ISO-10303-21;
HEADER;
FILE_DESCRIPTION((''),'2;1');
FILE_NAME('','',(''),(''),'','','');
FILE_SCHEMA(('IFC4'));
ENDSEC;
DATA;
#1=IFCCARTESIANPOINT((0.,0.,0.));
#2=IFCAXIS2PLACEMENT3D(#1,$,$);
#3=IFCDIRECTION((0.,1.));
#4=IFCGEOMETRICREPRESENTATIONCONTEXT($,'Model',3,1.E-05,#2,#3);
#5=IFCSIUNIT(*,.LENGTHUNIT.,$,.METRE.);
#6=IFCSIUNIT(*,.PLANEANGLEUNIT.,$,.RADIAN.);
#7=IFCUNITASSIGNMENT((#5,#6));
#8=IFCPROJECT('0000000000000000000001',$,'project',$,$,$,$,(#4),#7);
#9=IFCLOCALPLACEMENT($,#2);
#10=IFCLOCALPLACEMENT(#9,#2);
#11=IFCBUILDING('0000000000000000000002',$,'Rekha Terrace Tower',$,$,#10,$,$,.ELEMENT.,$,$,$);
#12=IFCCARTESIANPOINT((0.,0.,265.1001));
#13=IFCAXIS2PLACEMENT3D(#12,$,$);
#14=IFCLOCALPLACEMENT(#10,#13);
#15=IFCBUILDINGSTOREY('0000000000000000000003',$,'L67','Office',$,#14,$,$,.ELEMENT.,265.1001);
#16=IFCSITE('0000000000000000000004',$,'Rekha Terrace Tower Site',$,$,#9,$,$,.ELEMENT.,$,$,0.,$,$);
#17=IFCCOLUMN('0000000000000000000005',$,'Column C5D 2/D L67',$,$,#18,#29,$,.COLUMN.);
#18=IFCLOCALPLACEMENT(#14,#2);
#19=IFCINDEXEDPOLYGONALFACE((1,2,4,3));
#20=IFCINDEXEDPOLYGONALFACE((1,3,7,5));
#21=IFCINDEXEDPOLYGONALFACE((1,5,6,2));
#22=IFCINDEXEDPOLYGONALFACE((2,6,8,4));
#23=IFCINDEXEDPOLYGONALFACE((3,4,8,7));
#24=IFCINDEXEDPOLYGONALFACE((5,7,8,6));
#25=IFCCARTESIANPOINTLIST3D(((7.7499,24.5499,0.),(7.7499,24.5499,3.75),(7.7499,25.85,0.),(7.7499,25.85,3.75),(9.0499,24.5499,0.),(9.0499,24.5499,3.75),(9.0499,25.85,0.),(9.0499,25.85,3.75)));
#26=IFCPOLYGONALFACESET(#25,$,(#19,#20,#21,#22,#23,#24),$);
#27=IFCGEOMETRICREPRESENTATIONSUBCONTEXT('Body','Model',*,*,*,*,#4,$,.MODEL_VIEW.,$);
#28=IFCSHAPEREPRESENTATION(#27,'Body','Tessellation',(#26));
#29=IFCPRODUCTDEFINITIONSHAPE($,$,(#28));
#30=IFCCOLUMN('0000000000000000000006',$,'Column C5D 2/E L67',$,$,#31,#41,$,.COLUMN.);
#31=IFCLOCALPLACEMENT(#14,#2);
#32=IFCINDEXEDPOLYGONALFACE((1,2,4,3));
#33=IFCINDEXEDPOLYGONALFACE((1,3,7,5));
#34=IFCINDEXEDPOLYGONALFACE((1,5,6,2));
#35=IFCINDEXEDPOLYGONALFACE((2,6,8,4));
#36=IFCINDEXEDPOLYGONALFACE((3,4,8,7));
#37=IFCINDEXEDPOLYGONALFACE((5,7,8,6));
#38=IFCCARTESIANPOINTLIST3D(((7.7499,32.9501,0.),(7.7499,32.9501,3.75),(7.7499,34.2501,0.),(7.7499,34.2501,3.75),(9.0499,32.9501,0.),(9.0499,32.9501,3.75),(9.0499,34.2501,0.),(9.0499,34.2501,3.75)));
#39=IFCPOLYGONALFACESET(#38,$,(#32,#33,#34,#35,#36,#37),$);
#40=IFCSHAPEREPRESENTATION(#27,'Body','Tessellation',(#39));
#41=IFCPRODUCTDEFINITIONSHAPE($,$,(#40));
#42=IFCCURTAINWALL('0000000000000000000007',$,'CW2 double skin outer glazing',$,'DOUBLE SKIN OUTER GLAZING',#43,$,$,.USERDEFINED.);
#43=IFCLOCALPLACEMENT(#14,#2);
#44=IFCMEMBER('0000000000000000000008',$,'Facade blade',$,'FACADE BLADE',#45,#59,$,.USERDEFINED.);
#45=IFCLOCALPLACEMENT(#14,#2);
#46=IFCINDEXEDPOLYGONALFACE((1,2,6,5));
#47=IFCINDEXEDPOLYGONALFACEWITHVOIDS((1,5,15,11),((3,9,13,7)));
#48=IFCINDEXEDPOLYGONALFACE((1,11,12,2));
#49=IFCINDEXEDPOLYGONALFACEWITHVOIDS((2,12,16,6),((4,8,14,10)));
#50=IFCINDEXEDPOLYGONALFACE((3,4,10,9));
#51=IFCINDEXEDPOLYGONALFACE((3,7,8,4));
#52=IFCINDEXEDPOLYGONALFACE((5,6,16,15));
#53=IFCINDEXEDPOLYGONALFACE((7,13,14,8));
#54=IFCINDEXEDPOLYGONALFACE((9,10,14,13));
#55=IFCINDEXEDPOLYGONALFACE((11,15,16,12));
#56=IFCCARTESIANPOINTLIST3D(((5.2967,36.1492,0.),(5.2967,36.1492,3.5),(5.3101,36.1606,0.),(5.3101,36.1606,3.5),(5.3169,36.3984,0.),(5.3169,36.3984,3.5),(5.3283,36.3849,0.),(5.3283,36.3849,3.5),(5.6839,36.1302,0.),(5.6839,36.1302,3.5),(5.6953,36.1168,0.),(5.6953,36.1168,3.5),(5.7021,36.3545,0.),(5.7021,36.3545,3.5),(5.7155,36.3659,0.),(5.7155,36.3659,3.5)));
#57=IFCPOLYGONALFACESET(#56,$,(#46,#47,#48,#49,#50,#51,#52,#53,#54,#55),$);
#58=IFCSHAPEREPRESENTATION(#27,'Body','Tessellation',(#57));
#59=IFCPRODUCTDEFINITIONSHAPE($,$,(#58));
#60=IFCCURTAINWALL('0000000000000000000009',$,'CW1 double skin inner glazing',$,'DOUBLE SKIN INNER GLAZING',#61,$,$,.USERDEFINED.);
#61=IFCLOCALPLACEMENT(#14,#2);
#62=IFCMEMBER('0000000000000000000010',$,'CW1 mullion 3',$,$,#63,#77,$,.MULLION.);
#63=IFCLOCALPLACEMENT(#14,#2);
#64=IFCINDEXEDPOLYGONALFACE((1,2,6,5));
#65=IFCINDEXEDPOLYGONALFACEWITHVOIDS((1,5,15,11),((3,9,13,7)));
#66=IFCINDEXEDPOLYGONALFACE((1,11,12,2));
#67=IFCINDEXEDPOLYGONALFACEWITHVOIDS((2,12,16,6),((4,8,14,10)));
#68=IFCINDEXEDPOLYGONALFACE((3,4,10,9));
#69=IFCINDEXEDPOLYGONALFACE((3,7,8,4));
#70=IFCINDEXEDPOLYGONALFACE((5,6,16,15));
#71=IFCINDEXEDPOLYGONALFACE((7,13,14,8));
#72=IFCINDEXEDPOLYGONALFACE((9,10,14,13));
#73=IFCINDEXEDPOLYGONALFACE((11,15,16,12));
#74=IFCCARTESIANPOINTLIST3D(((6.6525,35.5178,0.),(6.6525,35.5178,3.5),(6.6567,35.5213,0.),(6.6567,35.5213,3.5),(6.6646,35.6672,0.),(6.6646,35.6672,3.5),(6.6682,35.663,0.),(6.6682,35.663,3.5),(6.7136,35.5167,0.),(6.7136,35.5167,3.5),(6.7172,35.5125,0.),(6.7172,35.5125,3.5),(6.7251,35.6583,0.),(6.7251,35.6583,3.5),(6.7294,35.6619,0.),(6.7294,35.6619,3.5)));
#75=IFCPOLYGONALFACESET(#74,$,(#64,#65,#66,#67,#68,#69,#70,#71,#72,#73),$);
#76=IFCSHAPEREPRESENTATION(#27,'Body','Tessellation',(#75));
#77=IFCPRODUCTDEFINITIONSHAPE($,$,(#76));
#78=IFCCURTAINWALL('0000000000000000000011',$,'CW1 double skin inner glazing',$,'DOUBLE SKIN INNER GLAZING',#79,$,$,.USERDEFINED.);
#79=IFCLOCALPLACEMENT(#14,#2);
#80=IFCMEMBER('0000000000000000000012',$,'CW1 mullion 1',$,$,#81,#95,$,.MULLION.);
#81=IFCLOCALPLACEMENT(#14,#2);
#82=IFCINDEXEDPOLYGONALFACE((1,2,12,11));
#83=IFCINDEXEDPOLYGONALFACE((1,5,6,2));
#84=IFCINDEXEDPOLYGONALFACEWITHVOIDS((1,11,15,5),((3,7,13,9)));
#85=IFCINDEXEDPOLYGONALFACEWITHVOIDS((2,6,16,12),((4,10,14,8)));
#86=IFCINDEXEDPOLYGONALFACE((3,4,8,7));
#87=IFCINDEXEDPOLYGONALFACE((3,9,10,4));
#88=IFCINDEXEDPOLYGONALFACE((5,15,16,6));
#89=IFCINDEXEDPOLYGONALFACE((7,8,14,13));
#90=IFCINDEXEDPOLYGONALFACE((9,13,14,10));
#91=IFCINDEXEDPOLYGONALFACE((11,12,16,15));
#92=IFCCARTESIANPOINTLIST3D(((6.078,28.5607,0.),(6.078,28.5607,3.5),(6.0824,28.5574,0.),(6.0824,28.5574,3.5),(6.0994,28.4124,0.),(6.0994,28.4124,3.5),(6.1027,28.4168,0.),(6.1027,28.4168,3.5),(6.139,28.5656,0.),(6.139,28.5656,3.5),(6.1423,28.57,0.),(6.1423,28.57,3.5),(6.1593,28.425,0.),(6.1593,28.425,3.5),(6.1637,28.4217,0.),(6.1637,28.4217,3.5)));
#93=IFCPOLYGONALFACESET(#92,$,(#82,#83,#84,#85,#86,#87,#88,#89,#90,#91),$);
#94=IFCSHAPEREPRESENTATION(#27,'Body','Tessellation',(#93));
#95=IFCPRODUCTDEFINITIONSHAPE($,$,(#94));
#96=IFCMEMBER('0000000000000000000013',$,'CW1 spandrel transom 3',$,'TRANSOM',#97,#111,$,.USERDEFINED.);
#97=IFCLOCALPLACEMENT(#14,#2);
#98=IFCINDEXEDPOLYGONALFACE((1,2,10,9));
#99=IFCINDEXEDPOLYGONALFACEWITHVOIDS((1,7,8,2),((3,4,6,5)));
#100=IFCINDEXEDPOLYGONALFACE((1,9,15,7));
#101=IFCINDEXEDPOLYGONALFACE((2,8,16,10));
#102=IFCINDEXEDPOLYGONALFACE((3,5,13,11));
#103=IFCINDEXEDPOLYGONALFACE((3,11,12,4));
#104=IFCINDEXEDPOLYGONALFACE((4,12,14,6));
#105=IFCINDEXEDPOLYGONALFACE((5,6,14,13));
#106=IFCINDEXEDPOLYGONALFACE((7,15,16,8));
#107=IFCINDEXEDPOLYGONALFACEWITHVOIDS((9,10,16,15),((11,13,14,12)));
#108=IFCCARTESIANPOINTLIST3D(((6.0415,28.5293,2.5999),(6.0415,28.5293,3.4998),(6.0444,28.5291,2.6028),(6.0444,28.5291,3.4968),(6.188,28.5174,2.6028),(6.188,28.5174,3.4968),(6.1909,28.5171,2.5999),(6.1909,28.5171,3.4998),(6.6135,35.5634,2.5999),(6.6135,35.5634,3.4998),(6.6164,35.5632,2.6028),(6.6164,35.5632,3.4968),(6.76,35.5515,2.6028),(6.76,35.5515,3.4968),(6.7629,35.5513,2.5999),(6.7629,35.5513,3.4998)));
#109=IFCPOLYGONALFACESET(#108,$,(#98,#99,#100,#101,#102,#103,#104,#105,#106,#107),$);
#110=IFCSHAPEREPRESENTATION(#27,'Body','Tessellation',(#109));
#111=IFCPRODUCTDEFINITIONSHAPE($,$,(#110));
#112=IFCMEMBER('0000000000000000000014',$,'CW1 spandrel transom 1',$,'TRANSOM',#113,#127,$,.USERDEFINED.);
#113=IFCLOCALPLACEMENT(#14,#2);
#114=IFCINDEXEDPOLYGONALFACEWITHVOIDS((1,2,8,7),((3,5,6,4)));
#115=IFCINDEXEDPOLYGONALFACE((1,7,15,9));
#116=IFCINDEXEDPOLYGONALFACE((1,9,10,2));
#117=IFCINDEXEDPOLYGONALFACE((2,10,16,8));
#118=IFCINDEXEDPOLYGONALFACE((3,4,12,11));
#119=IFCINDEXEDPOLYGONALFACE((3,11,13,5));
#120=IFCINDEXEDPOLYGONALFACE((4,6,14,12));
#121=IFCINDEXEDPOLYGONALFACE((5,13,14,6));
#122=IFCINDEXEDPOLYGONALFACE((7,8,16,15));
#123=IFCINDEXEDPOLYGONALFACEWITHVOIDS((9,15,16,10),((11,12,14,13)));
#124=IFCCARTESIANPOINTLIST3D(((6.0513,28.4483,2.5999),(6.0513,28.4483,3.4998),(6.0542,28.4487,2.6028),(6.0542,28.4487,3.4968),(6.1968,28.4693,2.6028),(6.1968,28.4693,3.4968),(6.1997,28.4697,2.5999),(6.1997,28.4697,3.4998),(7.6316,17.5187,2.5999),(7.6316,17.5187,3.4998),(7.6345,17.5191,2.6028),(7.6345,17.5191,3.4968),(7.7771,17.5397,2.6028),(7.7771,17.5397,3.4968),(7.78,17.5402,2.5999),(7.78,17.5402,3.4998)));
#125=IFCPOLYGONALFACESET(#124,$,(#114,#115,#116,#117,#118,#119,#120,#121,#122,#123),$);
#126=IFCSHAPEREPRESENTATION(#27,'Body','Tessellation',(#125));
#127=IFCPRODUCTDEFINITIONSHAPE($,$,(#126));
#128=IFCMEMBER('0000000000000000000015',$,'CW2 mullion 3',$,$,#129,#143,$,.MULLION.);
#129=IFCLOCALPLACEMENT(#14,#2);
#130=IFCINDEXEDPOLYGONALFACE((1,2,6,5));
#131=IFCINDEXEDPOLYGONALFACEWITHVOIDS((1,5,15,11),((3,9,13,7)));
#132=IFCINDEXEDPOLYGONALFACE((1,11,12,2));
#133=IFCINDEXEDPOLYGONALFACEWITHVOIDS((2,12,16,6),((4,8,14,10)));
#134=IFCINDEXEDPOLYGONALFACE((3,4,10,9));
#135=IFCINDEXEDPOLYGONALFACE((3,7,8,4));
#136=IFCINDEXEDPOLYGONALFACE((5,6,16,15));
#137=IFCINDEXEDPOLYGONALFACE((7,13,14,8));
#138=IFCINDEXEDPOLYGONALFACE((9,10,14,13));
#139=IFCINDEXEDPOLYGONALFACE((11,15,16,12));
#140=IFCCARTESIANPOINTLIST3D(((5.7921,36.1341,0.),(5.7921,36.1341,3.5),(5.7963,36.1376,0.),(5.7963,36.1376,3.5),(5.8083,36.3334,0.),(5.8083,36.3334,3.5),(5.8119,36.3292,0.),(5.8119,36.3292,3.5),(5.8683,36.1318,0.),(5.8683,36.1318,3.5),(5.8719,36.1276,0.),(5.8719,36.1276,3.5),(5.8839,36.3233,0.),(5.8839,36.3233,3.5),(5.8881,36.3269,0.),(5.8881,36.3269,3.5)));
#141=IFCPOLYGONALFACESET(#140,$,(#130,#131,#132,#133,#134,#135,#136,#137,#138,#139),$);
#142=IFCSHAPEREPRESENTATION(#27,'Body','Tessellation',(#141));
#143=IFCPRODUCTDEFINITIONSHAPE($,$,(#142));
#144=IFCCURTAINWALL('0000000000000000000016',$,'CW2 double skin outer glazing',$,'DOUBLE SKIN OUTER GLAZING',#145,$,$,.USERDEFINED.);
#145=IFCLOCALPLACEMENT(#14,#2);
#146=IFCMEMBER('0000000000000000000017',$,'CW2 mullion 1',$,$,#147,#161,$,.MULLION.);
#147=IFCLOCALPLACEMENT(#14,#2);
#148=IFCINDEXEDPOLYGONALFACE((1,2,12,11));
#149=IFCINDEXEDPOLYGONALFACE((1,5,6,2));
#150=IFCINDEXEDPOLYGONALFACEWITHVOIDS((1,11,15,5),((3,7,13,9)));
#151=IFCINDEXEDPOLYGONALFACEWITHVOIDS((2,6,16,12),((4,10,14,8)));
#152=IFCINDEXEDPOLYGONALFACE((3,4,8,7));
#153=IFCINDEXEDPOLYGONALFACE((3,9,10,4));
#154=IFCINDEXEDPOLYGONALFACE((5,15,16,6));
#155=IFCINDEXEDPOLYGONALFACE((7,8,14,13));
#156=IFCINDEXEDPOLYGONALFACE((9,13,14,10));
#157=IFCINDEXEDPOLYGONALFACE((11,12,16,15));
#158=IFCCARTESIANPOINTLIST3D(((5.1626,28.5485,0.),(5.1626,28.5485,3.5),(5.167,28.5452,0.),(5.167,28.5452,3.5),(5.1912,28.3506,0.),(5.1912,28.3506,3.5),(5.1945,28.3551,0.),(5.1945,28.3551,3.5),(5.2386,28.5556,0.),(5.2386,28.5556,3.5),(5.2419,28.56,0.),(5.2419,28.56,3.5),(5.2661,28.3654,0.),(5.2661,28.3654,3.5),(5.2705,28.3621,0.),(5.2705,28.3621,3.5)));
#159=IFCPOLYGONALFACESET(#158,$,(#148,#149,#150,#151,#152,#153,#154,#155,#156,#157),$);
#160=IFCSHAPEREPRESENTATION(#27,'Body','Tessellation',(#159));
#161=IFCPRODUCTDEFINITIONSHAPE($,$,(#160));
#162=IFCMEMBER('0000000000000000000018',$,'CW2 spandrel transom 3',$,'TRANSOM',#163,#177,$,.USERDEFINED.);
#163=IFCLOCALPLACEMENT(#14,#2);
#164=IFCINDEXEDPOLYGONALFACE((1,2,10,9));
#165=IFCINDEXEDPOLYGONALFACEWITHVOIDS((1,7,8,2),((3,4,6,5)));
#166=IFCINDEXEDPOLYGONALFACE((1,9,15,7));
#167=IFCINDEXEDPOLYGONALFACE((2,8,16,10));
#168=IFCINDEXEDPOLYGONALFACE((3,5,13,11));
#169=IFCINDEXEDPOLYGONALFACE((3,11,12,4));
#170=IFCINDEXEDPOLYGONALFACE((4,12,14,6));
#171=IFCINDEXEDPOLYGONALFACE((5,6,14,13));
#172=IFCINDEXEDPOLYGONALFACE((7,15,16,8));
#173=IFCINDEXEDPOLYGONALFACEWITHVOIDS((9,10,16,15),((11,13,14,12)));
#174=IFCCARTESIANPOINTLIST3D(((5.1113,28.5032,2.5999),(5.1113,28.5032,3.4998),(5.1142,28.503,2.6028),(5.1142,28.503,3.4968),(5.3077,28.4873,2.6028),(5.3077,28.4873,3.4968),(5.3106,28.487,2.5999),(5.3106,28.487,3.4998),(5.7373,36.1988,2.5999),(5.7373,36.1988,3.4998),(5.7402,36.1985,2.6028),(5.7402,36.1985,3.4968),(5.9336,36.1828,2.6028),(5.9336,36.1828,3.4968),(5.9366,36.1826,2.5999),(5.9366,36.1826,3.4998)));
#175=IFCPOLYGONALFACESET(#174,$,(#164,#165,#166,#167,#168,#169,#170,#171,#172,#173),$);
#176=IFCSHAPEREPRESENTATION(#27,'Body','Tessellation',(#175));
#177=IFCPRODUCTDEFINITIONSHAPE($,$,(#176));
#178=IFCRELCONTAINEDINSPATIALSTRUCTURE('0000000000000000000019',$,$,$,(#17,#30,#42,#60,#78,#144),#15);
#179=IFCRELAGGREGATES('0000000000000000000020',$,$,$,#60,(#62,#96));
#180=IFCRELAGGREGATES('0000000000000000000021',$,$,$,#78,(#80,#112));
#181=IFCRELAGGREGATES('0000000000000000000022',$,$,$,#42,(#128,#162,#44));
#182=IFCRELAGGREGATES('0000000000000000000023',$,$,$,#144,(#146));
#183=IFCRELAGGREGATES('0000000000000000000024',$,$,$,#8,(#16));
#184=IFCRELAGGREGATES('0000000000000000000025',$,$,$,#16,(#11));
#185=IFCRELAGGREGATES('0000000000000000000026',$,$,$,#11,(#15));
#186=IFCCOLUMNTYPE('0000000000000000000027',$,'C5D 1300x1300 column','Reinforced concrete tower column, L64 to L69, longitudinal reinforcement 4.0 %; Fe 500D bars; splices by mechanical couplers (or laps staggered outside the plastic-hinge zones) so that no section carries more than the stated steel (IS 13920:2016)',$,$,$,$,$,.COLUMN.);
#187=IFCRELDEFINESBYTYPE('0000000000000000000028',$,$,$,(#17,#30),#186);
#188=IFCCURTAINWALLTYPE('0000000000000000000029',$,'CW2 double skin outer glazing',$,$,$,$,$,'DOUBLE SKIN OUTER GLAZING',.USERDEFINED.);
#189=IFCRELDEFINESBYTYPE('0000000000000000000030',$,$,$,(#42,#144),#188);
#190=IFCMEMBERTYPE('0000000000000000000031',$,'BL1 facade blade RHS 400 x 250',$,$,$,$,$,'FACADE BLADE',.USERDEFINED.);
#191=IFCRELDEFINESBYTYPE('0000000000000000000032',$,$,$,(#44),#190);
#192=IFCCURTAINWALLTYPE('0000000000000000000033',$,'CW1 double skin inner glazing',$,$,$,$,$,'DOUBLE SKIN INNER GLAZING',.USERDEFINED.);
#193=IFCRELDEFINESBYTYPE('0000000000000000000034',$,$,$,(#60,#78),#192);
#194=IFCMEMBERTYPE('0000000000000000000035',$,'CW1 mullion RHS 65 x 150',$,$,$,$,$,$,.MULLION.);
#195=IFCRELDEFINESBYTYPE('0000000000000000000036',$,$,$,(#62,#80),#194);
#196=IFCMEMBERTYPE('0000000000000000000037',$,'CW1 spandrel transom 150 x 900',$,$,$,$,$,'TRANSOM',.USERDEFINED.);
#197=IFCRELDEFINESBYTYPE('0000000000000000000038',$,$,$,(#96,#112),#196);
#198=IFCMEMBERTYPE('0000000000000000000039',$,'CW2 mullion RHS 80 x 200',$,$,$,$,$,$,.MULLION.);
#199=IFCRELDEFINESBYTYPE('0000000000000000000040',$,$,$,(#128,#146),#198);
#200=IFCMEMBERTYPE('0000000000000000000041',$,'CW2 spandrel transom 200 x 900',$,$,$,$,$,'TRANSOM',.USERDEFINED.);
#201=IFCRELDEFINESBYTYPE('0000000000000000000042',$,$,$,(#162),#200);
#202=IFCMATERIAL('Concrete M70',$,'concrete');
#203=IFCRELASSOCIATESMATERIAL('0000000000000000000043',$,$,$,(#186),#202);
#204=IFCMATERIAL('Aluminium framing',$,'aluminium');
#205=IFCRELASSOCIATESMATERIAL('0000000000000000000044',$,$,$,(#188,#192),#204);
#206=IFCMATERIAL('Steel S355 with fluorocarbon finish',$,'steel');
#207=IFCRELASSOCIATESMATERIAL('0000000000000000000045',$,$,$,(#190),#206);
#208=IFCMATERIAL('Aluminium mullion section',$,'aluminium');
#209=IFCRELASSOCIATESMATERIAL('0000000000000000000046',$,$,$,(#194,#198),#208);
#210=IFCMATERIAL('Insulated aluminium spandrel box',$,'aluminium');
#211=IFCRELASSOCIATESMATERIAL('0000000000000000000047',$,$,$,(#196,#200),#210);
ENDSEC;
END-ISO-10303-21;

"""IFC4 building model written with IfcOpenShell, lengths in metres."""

from ifc_helpers import new_model, si_unit, direction, frame, origin, origin_2d, place, context, subcontext, project, spatial, rectangle, hollow_rectangle, extrude, material, material_profile, profile_set, type_object, element, aggregate, save


model = new_model("IFC4")

# Units and contexts
model_context = context("Model", 3, precision=1e-05, world=origin(), true_north=direction((0.0, 1.0)))
body_context = subcontext(model_context, "Body", "Model", "MODEL_VIEW")
ifc_project = project(units=[si_unit("LENGTHUNIT", "METRE"), si_unit("PLANEANGLEUNIT", "RADIAN")], contexts=[model_context])

# Site, building, storey
site_placement = place(None, origin())
site = spatial("IfcSite", under=ifc_project, at=site_placement, Name="Rekha Terrace Tower Site", CompositionType="ELEMENT", RefElevation=0.0)
building_placement = place(site_placement, origin())
building = spatial("IfcBuilding", under=site, at=building_placement, Name="Rekha Terrace Tower", CompositionType="ELEMENT")
storey_placement = place(building_placement, frame((0.0, 0.0, 265.1001)))
storey = spatial("IfcBuildingStorey", under=building, at=storey_placement, Name="L67", Description="Office", CompositionType="ELEMENT", Elevation=265.1001)

# Columns
ifc_material_1 = material(Name="Concrete M70", Category="concrete")
ifc_material_profile_1 = material_profile(ifc_material_1, rectangle(XDim=1.3, YDim=1.3, at=origin_2d()), Name="RC 1300x1300")
ifc_profile_set_1 = profile_set([ifc_material_profile_1], Name="Concrete M70")
column_type = type_object("IfcColumnType", Name="C5D 1300x1300 column", Description="Reinforced concrete tower column, L64 to L69, longitudinal reinforcement 4.0 %; Fe 500D bars; splices by mechanical couplers (or laps staggered outside the plastic-hinge zones) so that no section carries more than the stated steel (IS 13920:2016)", PredefinedType="COLUMN", material=ifc_profile_set_1)
for number, where, z_axis, x_axis, name in (
    (1, (8.3999, 25.2, 0.0), (0.0, 0.0, 1.0), (1.0, 0.0, 0.0), "Column C5D 2/D L67"),
    (2, (8.3999, 33.6001, 0.0), (0.0, 0.0, 1.0), (1.0, 0.0, 0.0), "Column C5D 2/E L67"),
):
    element("IfcColumn", number, at=place(storey_placement, frame(where, z_axis=z_axis, x_axis=x_axis)), inside=storey, type_object=column_type, Name=name, PredefinedType="COLUMN", context=body_context, shape_type="SweptSolid", body=[
        extrude(rectangle(XDim=1.3, YDim=1.3, at=origin_2d()), origin(), (0.0, 0.0, 1.0), 3.75),
    ])

# Curtain walls, members
ifc_material_2 = material(Name="Aluminium framing", Category="aluminium")
curtain_wall_type_1 = type_object("IfcCurtainWallType", Name="CW2 double skin outer glazing", ElementType="DOUBLE SKIN OUTER GLAZING", PredefinedType="USERDEFINED", material=ifc_material_2)
curtain_wall_1_placement = place(storey_placement, origin())
curtain_wall_1 = element("IfcCurtainWall", 3, at=curtain_wall_1_placement, inside=storey, type_object=curtain_wall_type_1, Name="CW2 double skin outer glazing", ObjectType="DOUBLE SKIN OUTER GLAZING", PredefinedType="USERDEFINED")
ifc_material_3 = material(Name="Steel S355 with fluorocarbon finish", Category="steel")
ifc_material_profile_2 = material_profile(ifc_material_3, hollow_rectangle(XDim=0.25, YDim=0.3999, WallThickness=0.0125, at=origin_2d()), Name="RHS400x250x12.5")
ifc_profile_set_2 = profile_set([ifc_material_profile_2], Name="Steel S355 with fluorocarbon finish")
member_type_1 = type_object("IfcMemberType", Name="BL1 facade blade RHS 400 x 250", ElementType="FACADE BLADE", PredefinedType="USERDEFINED", material=ifc_profile_set_2)
member_1_placement = place(storey_placement, frame((5.5061, 36.2576, 0.0), z_axis=(0.0, 0.0, 1.0), x_axis=(-0.081069, -0.996709, 0.0)))
member_1 = element("IfcMember", 4, at=member_1_placement, type_object=member_type_1, Name="Facade blade", ObjectType="FACADE BLADE", PredefinedType="USERDEFINED", context=body_context, shape_type="SweptSolid", body=[
    extrude(hollow_rectangle(XDim=0.25, YDim=0.3999, WallThickness=0.0125, at=origin_2d()), origin(), (0.0, 0.0, 1.0), 3.5),
])
curtain_wall_type_2 = type_object("IfcCurtainWallType", Name="CW1 double skin inner glazing", ElementType="DOUBLE SKIN INNER GLAZING", PredefinedType="USERDEFINED", material=ifc_material_2)
curtain_wall_2_placement = place(storey_placement, origin())
curtain_wall_2 = element("IfcCurtainWall", 5, at=curtain_wall_2_placement, inside=storey, type_object=curtain_wall_type_2, Name="CW1 double skin inner glazing", ObjectType="DOUBLE SKIN INNER GLAZING", PredefinedType="USERDEFINED")
ifc_material_4 = material(Name="Aluminium mullion section", Category="aluminium")
ifc_material_profile_3 = material_profile(ifc_material_4, hollow_rectangle(XDim=0.0649, YDim=0.1499, WallThickness=0.0039, at=origin_2d()), Name="AL RHS 65x150")
ifc_profile_set_3 = profile_set([ifc_material_profile_3], Name="Aluminium mullion section")
member_type_2 = type_object("IfcMemberType", Name="CW1 mullion RHS 65 x 150", PredefinedType="MULLION", material=ifc_profile_set_3)
member_2_placement = place(storey_placement, frame((6.6909, 35.5898, 0.0), z_axis=(0.0, 0.0, 1.0), x_axis=(0.996709, -0.081068, 0.0)))
member_2 = element("IfcMember", 6, at=member_2_placement, type_object=member_type_2, Name="CW1 mullion 3", PredefinedType="MULLION", context=body_context, shape_type="SweptSolid", body=[
    extrude(hollow_rectangle(XDim=0.0649, YDim=0.1499, WallThickness=0.0039, at=origin_2d()), origin(), (0.0, 0.0, 1.0), 3.5),
])
curtain_wall_3_placement = place(storey_placement, origin())
curtain_wall_3 = element("IfcCurtainWall", 7, at=curtain_wall_3_placement, inside=storey, type_object=curtain_wall_type_2, Name="CW1 double skin inner glazing", ObjectType="DOUBLE SKIN INNER GLAZING", PredefinedType="USERDEFINED")
member_3_placement = place(storey_placement, frame((6.1208, 28.4912, 0.0), z_axis=(0.0, 0.0, 1.0), x_axis=(0.989707, 0.143108, 0.0)))
member_3 = element("IfcMember", 8, at=member_3_placement, type_object=member_type_2, Name="CW1 mullion 1", PredefinedType="MULLION", context=body_context, shape_type="SweptSolid", body=[
    extrude(hollow_rectangle(XDim=0.0649, YDim=0.1499, WallThickness=0.0039, at=origin_2d()), origin(), (0.0, 0.0, 1.0), 3.5),
])

# Members
ifc_material_5 = material(Name="Insulated aluminium spandrel box", Category="aluminium")
ifc_material_profile_4 = material_profile(ifc_material_5, hollow_rectangle(XDim=0.1499, YDim=0.8999, WallThickness=0.0029, at=origin_2d()), Name="AL SPANDREL BOX 150x900")
ifc_profile_set_4 = profile_set([ifc_material_profile_4], Name="Insulated aluminium spandrel box")
member_type_3 = type_object("IfcMemberType", Name="CW1 spandrel transom 150 x 900", ElementType="TRANSOM", PredefinedType="USERDEFINED", material=ifc_profile_set_4)
member_4_placement = place(storey_placement, frame((6.6882, 35.5574, 3.0498), z_axis=(-0.081053, -0.99671, 0.0), x_axis=(0.99671, -0.081053, 0.0)))
member_4 = element("IfcMember", 9, at=member_4_placement, type_object=member_type_3, Name="CW1 spandrel transom 3", ObjectType="TRANSOM", PredefinedType="USERDEFINED", context=body_context, shape_type="SweptSolid", body=[
    extrude(hollow_rectangle(XDim=0.1499, YDim=0.8999, WallThickness=0.0029, at=origin_2d()), origin(), (0.0, 0.0, 1.0), 7.0574),
])
member_5_placement = place(storey_placement, frame((6.1255, 28.459, 3.0498), z_axis=(0.143105, -0.989708, 0.0), x_axis=(0.989708, 0.143105, 0.0)))
member_5 = element("IfcMember", 10, at=member_5_placement, type_object=member_type_3, Name="CW1 spandrel transom 1", ObjectType="TRANSOM", PredefinedType="USERDEFINED", context=body_context, shape_type="SweptSolid", body=[
    extrude(hollow_rectangle(XDim=0.1499, YDim=0.8999, WallThickness=0.0029, at=origin_2d()), origin(), (0.0, 0.0, 1.0), 11.0432),
])
ifc_material_profile_5 = material_profile(ifc_material_4, hollow_rectangle(XDim=0.0801, YDim=0.2, WallThickness=0.0039, at=origin_2d()), Name="AL RHS 80x200")
ifc_profile_set_5 = profile_set([ifc_material_profile_5], Name="Aluminium mullion section")
member_type_4 = type_object("IfcMemberType", Name="CW2 mullion RHS 80 x 200", PredefinedType="MULLION", material=ifc_profile_set_5)
member_6_placement = place(storey_placement, frame((5.8401, 36.2305, 0.0), z_axis=(0.0, 0.0, 1.0), x_axis=(0.996709, -0.081068, 0.0)))
member_6 = element("IfcMember", 11, at=member_6_placement, type_object=member_type_4, Name="CW2 mullion 3", PredefinedType="MULLION", context=body_context, shape_type="SweptSolid", body=[
    extrude(hollow_rectangle(XDim=0.0801, YDim=0.2, WallThickness=0.0039, at=origin_2d()), origin(), (0.0, 0.0, 1.0), 3.5),
])

# Curtain wall, member
curtain_wall_4_placement = place(storey_placement, origin())
curtain_wall_4 = element("IfcCurtainWall", 12, at=curtain_wall_4_placement, inside=storey, type_object=curtain_wall_type_1, Name="CW2 double skin outer glazing", ObjectType="DOUBLE SKIN OUTER GLAZING", PredefinedType="USERDEFINED")
member_7_placement = place(storey_placement, frame((5.2166, 28.4553, 0.0), z_axis=(0.0, 0.0, 1.0), x_axis=(0.989707, 0.143108, 0.0)))
member_7 = element("IfcMember", 13, at=member_7_placement, type_object=member_type_4, Name="CW2 mullion 1", PredefinedType="MULLION", context=body_context, shape_type="SweptSolid", body=[
    extrude(hollow_rectangle(XDim=0.0801, YDim=0.2, WallThickness=0.0039, at=origin_2d()), origin(), (0.0, 0.0, 1.0), 3.5),
])

# Member
ifc_material_profile_6 = material_profile(ifc_material_5, hollow_rectangle(XDim=0.2, YDim=0.8999, WallThickness=0.0029, at=origin_2d()), Name="AL SPANDREL BOX 200x900")
ifc_profile_set_6 = profile_set([ifc_material_profile_6], Name="Insulated aluminium spandrel box")
member_type_5 = type_object("IfcMemberType", Name="CW2 spandrel transom 200 x 900", ElementType="TRANSOM", PredefinedType="USERDEFINED", material=ifc_profile_set_6)
member_8_placement = place(storey_placement, frame((5.8369, 36.1907, 3.0498), z_axis=(-0.081075, -0.996708, 0.0), x_axis=(0.996708, -0.081075, 0.0)))
member_8 = element("IfcMember", 14, at=member_8_placement, type_object=member_type_5, Name="CW2 spandrel transom 3", ObjectType="TRANSOM", PredefinedType="USERDEFINED", context=body_context, shape_type="SweptSolid", body=[
    extrude(hollow_rectangle(XDim=0.2, YDim=0.8999, WallThickness=0.0029, at=origin_2d()), origin(), (0.0, 0.0, 1.0), 7.7209),
])

aggregate(curtain_wall_2, [member_2, member_4])
aggregate(curtain_wall_3, [member_3, member_5])
aggregate(curtain_wall_1, [member_6, member_8, member_1])
aggregate(curtain_wall_4, [member_7])

save(model, "model.ifc")
